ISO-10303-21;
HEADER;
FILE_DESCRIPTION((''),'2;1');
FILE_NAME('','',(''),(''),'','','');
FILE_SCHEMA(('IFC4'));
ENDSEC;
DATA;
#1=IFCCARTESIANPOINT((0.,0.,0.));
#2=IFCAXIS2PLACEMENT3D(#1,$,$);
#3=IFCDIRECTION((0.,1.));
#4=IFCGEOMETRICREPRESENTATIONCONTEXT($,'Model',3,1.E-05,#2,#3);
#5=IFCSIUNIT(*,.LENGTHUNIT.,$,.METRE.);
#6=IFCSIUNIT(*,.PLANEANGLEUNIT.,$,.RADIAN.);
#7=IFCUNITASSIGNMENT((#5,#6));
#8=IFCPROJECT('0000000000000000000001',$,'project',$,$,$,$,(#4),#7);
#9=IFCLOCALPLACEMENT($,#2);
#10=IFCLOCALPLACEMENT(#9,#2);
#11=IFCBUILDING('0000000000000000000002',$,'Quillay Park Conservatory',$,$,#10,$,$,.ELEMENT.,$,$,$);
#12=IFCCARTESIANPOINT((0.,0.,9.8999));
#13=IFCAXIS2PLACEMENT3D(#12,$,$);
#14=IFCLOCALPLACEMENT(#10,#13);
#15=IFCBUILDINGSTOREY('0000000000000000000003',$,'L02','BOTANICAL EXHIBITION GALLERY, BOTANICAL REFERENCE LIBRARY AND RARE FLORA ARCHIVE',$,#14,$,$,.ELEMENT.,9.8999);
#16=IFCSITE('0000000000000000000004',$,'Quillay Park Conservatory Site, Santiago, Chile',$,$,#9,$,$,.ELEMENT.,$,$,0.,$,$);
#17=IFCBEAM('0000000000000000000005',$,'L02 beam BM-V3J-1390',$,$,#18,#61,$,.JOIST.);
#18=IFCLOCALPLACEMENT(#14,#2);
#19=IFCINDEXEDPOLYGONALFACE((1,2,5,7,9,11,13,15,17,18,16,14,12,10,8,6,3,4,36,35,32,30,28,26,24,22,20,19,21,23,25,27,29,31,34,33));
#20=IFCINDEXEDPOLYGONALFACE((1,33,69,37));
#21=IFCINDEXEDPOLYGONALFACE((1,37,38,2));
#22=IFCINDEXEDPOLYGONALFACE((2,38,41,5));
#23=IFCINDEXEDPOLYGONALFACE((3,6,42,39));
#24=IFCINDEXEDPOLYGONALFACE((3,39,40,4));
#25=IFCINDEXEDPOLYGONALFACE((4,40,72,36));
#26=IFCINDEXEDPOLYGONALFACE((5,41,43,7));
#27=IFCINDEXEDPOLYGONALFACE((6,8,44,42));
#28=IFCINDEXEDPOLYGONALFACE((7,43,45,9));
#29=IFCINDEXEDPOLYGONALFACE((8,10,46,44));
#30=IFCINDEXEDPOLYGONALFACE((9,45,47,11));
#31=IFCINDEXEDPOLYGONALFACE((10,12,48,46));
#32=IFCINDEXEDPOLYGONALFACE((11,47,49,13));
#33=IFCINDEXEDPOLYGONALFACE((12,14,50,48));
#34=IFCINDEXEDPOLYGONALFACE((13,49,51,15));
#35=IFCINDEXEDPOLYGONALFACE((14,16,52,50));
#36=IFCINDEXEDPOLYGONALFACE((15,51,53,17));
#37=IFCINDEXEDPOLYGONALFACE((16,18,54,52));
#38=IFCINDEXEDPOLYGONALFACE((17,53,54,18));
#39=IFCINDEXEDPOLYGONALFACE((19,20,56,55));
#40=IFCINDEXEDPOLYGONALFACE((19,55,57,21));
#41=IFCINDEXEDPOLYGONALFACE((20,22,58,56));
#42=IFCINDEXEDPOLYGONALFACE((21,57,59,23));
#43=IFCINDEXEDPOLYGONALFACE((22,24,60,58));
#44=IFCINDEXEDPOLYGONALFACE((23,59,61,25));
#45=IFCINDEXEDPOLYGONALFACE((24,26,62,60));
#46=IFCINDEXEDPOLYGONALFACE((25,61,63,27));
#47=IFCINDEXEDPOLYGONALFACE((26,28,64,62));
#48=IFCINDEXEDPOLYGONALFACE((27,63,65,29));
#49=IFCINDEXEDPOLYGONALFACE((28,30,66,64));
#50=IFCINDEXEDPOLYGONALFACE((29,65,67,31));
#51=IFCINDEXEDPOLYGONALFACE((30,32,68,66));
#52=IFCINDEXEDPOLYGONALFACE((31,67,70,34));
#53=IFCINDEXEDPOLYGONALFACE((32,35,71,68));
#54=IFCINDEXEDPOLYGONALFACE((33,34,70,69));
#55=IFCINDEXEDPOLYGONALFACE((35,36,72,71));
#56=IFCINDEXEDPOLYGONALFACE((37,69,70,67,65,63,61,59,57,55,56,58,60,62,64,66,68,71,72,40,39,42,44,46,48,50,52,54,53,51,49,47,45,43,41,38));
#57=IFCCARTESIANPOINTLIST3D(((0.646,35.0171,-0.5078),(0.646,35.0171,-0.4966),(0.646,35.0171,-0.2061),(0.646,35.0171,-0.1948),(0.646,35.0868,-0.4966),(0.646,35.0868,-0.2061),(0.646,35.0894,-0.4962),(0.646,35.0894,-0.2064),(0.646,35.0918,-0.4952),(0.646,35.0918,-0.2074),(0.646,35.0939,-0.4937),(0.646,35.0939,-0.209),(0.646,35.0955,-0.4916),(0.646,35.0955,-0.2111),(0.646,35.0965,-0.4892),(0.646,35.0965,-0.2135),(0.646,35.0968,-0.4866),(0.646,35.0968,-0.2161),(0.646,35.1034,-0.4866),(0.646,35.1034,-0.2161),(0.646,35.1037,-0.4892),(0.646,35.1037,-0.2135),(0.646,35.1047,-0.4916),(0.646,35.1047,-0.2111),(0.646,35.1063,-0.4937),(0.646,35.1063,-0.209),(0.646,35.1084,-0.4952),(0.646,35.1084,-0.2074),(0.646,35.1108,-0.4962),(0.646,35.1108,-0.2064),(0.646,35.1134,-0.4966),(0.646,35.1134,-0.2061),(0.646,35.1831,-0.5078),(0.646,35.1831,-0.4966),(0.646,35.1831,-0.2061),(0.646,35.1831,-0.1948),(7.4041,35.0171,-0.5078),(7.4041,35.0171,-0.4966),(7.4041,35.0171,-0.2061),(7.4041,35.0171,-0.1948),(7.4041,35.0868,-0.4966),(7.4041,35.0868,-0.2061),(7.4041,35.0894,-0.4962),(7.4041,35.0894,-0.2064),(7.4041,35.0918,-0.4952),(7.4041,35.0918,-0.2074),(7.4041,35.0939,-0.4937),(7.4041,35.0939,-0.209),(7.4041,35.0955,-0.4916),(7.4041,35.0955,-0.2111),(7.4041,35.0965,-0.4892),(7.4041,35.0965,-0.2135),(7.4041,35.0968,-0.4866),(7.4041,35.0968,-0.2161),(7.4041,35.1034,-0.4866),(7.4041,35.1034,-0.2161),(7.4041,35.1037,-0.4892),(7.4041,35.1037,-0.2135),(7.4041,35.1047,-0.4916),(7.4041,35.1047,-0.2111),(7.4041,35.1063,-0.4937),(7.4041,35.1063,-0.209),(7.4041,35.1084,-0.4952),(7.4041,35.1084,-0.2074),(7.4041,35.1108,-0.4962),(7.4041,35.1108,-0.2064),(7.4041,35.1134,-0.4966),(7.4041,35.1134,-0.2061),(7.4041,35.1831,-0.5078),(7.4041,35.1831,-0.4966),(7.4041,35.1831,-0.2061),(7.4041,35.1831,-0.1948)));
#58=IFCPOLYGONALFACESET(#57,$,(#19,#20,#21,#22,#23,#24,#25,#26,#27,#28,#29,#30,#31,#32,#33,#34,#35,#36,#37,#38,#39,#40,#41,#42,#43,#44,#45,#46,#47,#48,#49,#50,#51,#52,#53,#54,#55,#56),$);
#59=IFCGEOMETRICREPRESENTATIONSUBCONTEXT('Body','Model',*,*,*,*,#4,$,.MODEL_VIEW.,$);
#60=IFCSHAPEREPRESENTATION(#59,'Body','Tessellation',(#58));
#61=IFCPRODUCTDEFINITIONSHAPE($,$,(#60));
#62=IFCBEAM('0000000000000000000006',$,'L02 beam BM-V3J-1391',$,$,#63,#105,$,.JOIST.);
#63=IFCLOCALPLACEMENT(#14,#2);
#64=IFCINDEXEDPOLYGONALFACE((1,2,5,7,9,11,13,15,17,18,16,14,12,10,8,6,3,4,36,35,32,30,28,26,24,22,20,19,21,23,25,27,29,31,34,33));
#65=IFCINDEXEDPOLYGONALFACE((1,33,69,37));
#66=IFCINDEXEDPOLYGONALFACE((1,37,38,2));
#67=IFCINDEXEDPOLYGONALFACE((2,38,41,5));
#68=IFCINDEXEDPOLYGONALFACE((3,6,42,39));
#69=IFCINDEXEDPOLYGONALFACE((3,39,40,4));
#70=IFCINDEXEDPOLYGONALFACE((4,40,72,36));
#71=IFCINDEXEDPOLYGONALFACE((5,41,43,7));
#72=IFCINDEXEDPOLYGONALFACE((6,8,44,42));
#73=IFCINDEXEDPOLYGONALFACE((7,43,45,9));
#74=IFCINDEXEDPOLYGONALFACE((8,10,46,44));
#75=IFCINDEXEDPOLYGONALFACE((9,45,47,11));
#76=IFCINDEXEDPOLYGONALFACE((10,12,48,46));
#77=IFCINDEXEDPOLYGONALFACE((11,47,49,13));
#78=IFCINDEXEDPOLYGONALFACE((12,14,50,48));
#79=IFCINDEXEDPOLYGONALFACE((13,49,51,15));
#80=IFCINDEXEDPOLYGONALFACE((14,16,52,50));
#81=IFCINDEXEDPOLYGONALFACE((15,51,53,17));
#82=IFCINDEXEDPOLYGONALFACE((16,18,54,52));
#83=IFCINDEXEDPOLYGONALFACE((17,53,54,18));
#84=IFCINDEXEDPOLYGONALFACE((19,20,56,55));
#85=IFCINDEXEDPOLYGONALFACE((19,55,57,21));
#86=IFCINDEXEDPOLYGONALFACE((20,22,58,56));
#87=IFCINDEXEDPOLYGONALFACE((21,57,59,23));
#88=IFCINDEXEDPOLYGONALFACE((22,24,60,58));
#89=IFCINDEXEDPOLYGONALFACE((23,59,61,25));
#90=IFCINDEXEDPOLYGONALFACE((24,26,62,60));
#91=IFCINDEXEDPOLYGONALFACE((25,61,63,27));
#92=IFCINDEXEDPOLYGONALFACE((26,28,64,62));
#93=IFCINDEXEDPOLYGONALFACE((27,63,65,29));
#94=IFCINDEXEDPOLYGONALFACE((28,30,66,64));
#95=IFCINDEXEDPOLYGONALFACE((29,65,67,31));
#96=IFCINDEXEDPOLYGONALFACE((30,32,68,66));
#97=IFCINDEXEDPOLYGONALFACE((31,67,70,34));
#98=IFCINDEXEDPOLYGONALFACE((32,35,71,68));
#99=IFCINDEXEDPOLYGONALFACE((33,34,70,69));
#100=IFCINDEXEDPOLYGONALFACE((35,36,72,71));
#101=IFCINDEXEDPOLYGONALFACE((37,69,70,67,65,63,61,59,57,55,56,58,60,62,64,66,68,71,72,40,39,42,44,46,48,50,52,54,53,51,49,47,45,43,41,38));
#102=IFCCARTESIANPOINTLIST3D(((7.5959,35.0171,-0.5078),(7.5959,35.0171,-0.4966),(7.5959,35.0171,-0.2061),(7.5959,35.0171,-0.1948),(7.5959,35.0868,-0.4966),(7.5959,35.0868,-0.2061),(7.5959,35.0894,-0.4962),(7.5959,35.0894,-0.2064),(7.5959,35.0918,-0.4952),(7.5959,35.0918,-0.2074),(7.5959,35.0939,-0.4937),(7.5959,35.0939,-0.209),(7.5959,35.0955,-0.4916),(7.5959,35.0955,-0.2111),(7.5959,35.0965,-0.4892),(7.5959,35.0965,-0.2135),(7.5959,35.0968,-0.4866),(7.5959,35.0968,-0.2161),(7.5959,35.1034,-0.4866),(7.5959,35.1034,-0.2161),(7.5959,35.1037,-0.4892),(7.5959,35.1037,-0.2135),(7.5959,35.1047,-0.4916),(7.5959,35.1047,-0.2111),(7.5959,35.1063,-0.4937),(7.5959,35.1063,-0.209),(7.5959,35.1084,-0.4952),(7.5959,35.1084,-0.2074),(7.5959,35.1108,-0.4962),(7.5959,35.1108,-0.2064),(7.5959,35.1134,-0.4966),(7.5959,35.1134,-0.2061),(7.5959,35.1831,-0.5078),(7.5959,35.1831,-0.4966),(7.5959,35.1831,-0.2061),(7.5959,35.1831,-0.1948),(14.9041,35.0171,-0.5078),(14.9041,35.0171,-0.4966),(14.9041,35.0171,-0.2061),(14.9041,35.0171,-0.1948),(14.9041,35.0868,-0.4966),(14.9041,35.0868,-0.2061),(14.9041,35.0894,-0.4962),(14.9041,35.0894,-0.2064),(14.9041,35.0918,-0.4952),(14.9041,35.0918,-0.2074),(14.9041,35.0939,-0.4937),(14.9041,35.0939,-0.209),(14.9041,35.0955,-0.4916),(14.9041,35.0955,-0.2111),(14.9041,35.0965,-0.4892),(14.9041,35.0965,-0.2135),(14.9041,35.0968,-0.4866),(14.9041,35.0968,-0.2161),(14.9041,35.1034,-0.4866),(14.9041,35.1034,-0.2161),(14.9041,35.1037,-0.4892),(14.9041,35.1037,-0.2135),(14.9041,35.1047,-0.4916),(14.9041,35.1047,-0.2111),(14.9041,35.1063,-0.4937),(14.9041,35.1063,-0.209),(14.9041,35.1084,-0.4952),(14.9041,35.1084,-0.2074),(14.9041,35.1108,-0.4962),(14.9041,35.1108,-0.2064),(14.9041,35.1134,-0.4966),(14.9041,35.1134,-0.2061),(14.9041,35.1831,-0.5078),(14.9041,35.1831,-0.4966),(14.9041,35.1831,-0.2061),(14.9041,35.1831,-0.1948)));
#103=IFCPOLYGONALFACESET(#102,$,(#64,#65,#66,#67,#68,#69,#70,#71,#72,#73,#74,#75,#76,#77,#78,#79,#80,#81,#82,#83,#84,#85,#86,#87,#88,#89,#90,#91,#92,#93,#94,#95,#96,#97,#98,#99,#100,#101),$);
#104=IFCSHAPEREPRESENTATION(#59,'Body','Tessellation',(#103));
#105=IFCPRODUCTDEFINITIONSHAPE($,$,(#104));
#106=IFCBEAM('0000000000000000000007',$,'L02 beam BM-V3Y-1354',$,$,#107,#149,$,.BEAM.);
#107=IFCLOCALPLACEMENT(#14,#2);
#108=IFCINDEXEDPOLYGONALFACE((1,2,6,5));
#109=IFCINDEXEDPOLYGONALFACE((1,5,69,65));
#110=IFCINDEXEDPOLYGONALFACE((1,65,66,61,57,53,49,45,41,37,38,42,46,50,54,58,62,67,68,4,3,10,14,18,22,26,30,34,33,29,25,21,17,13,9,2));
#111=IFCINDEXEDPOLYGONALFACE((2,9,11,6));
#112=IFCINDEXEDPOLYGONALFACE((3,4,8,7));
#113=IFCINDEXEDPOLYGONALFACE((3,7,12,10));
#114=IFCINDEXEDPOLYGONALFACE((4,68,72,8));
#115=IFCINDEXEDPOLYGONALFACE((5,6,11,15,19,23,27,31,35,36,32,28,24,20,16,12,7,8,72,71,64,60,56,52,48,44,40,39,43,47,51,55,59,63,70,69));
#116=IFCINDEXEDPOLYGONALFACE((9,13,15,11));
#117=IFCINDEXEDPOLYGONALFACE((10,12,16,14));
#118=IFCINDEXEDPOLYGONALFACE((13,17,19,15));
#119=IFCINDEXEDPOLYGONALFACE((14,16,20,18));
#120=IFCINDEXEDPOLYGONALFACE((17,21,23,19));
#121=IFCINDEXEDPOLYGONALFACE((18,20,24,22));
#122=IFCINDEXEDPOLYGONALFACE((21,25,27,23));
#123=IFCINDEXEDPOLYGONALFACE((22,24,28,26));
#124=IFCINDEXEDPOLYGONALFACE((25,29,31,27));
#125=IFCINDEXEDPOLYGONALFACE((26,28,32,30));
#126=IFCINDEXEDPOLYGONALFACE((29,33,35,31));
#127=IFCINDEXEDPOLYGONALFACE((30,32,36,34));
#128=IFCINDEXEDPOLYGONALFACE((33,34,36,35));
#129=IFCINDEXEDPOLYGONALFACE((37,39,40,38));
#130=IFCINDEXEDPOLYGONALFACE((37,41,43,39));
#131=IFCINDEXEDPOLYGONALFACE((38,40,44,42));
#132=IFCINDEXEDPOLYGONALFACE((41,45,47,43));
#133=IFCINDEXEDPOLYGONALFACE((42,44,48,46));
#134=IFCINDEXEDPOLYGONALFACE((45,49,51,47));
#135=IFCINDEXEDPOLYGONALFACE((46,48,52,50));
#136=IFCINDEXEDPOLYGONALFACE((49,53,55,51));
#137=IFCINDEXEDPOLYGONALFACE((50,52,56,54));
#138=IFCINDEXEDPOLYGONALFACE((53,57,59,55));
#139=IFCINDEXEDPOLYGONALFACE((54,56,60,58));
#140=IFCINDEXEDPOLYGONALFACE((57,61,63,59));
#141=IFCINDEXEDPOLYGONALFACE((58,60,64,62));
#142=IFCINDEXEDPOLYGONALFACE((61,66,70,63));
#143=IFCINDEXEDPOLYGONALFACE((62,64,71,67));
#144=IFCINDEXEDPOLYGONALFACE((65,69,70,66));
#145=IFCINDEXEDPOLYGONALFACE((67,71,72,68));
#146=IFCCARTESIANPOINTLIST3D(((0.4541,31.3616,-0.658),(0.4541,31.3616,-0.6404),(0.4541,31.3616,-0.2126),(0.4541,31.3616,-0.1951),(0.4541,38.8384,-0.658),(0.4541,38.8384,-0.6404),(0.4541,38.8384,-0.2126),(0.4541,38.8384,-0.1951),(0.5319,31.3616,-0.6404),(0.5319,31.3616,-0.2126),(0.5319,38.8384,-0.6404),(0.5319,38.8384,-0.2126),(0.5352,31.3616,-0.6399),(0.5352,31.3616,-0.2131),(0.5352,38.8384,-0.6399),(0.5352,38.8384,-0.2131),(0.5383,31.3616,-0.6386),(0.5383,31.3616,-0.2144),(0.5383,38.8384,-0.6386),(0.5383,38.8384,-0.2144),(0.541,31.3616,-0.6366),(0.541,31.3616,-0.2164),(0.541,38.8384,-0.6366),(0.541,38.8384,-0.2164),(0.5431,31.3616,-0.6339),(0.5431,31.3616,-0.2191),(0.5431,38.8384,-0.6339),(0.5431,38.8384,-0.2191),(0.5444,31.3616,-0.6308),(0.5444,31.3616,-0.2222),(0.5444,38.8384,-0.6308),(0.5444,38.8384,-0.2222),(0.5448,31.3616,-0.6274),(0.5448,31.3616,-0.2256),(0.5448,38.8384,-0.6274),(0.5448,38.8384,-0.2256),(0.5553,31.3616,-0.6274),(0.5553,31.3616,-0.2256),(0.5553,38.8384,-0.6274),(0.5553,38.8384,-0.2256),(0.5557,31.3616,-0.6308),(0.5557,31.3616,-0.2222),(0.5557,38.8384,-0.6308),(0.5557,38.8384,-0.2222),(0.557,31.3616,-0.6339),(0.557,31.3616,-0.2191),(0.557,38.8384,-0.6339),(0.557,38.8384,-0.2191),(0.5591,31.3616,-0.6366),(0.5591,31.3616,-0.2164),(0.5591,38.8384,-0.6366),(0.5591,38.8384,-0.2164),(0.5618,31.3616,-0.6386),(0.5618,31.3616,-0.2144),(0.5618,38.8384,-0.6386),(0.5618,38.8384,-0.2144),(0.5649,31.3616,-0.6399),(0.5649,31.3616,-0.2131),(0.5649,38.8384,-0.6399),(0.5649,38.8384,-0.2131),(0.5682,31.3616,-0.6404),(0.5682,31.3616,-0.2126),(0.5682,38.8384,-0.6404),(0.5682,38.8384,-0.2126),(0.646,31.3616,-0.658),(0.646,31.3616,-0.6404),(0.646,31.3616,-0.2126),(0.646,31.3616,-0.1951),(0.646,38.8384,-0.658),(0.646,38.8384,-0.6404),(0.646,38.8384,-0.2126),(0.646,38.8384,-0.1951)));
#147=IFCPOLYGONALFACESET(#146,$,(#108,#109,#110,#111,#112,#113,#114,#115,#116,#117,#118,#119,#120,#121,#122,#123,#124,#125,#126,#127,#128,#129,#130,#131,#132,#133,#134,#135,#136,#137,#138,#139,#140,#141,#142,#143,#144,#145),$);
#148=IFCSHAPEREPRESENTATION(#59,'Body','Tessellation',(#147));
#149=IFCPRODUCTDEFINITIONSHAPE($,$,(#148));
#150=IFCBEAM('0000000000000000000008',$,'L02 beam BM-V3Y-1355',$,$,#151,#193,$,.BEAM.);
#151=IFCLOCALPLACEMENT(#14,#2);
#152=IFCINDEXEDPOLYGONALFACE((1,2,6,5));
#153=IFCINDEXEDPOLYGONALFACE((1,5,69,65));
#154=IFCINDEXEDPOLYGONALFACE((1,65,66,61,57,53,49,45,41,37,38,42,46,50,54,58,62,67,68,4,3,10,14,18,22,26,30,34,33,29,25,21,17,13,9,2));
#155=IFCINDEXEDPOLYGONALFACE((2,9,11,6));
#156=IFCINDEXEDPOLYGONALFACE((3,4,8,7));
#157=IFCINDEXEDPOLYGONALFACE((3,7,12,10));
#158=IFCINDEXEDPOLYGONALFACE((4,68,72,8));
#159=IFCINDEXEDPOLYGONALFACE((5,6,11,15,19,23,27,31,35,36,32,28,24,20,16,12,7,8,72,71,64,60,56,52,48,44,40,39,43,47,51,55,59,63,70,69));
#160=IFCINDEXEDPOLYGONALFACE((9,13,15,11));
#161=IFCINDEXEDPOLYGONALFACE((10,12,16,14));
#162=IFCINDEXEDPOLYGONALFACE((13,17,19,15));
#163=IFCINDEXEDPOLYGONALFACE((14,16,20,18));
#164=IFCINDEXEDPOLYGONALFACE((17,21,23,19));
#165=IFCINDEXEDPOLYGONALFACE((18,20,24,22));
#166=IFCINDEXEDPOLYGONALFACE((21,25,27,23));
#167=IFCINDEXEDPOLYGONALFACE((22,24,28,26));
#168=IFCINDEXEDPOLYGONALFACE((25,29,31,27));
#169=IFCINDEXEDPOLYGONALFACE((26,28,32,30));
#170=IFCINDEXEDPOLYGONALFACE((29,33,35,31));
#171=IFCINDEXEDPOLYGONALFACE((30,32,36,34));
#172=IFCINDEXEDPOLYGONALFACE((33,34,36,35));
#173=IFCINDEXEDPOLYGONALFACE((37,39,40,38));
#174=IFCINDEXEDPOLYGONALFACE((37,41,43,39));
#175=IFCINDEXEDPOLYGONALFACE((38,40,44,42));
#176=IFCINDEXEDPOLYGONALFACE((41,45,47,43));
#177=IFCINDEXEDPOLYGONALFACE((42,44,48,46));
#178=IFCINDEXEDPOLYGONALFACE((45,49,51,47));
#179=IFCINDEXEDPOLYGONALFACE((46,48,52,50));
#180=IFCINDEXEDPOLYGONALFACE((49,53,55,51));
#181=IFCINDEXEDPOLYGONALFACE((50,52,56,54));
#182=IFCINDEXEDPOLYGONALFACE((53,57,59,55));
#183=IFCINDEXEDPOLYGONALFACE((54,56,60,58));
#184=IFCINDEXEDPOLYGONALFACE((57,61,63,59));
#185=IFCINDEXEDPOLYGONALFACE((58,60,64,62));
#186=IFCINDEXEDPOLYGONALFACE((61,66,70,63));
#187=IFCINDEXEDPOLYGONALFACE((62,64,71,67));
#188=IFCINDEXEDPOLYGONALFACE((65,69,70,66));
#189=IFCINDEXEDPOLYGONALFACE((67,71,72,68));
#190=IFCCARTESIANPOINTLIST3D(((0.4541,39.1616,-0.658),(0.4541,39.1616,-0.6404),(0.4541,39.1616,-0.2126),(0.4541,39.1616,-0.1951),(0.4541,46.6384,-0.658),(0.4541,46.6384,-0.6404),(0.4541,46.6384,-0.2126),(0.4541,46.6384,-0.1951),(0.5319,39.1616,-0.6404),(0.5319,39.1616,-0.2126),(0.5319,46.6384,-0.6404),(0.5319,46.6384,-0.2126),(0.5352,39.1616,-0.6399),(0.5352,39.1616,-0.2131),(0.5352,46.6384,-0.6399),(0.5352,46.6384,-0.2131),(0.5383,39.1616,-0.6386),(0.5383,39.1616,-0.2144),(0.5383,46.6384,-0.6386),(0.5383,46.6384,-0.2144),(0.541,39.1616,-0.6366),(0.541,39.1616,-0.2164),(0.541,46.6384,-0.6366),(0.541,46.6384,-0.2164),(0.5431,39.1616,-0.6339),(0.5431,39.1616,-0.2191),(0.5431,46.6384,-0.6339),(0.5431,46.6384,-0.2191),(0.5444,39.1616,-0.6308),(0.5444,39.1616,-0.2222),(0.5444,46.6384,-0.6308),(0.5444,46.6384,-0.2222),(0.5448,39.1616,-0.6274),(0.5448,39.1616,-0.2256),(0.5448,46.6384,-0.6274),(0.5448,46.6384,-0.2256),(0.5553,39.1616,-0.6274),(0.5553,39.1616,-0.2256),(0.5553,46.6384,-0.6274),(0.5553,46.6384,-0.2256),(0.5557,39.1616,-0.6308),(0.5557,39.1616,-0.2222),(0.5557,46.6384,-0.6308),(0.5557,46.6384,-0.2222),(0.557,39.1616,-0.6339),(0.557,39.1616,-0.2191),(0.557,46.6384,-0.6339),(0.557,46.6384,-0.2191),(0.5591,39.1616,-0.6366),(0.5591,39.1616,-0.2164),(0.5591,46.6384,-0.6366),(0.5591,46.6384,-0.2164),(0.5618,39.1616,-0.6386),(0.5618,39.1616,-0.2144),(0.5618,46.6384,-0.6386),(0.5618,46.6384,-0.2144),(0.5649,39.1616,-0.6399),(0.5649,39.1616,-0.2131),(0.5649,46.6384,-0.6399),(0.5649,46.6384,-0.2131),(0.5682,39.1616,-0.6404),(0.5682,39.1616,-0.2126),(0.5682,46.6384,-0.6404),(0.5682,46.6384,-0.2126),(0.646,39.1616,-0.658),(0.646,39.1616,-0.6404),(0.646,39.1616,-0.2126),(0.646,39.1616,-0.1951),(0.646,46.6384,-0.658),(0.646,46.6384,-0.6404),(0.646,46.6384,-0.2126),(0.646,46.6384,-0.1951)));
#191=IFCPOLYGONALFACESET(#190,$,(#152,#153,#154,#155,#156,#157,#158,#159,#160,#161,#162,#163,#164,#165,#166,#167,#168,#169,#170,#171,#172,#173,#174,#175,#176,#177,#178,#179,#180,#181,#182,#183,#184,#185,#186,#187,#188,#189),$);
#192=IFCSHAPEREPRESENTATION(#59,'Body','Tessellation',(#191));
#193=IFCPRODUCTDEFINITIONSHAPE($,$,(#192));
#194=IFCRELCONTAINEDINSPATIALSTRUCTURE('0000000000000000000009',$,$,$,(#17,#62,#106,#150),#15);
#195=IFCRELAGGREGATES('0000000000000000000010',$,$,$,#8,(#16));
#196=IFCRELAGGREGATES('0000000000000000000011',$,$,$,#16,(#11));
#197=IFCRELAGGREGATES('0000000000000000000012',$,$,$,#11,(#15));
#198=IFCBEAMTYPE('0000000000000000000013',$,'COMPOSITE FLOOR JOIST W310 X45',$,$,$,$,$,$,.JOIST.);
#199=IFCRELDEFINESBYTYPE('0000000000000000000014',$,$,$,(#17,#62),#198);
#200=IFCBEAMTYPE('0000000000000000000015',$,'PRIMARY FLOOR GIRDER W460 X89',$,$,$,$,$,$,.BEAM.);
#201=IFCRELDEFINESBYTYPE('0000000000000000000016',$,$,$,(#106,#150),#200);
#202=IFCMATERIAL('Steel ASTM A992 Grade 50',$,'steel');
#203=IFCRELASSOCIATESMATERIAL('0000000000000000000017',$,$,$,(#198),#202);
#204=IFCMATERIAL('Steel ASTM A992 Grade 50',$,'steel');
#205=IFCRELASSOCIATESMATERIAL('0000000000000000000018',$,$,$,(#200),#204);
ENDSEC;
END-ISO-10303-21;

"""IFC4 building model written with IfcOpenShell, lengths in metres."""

from ifc_helpers import new_model, si_unit, direction, frame, origin, origin_2d, place, context, subcontext, project, spatial, i_section, extrude, material, material_profile, profile_set, type_object, element, save


model = new_model("IFC4")

# Units and contexts
model_context = context("Model", 3, precision=1e-05, world=origin(), true_north=direction((0.0, 1.0)))
body_context = subcontext(model_context, "Body", "Model", "MODEL_VIEW")
ifc_project = project(units=[si_unit("LENGTHUNIT", "METRE"), si_unit("PLANEANGLEUNIT", "RADIAN")], contexts=[model_context])

# Site, building, storey
site_placement = place(None, origin())
site = spatial("IfcSite", under=ifc_project, at=site_placement, Name="Quillay Park Conservatory Site, Santiago, Chile", CompositionType="ELEMENT", RefElevation=0.0)
building_placement = place(site_placement, origin())
building = spatial("IfcBuilding", under=site, at=building_placement, Name="Quillay Park Conservatory", CompositionType="ELEMENT")
storey_placement = place(building_placement, frame((0.0, 0.0, 9.8999)))
storey = spatial("IfcBuildingStorey", under=building, at=storey_placement, Name="L02", Description="BOTANICAL EXHIBITION GALLERY, BOTANICAL REFERENCE LIBRARY AND RARE FLORA ARCHIVE", CompositionType="ELEMENT", Elevation=9.8999)

# Beams
ifc_material_1 = material(Name="Steel ASTM A992 Grade 50", Category="steel")
ifc_material_profile_1 = material_profile(ifc_material_1, i_section(OverallWidth=0.166, OverallDepth=0.313, WebThickness=0.0066, FlangeThickness=0.0112, FilletRadius=0.01, at=origin_2d()), Name="W310x45")
ifc_profile_set_1 = profile_set([ifc_material_profile_1], Name="Steel ASTM A992 Grade 50")
beam_type_1 = type_object("IfcBeamType", Name="COMPOSITE FLOOR JOIST W310 X45", PredefinedType="JOIST", material=ifc_profile_set_1)
beam_1_placement = place(storey_placement, frame((0.646, 35.1001, -0.3513), z_axis=(1.0, 0.0, 0.0), x_axis=(0.0, 1.0, 0.0)))
element("IfcBeam", 1, at=beam_1_placement, inside=storey, type_object=beam_type_1, Name="L02 beam BM-V3J-1390", PredefinedType="JOIST", context=body_context, shape_type="SweptSolid", body=[
    extrude(i_section(OverallWidth=0.166, OverallDepth=0.313, WebThickness=0.0066, FlangeThickness=0.0112, FilletRadius=0.01, at=origin_2d()), origin(), (0.0, 0.0, 1.0), 6.7581),
])
beam_2_placement = place(storey_placement, frame((7.5959, 35.1001, -0.3513), z_axis=(1.0, 0.0, 0.0), x_axis=(0.0, 1.0, 0.0)))
element("IfcBeam", 2, at=beam_2_placement, inside=storey, type_object=beam_type_1, Name="L02 beam BM-V3J-1391", PredefinedType="JOIST", context=body_context, shape_type="SweptSolid", body=[
    extrude(i_section(OverallWidth=0.166, OverallDepth=0.313, WebThickness=0.0066, FlangeThickness=0.0112, FilletRadius=0.01, at=origin_2d()), origin(), (0.0, 0.0, 1.0), 7.3081),
])
ifc_material_2 = material(Name="Steel ASTM A992 Grade 50", Category="steel")
ifc_material_profile_2 = material_profile(ifc_material_2, i_section(OverallWidth=0.1919, OverallDepth=0.4629, WebThickness=0.0105, FlangeThickness=0.0176, FilletRadius=0.0129, at=origin_2d()), Name="W460x89")
ifc_profile_set_2 = profile_set([ifc_material_profile_2], Name="Steel ASTM A992 Grade 50")
beam_type_2 = type_object("IfcBeamType", Name="PRIMARY FLOOR GIRDER W460 X89", PredefinedType="BEAM", material=ifc_profile_set_2)
for number, where, z_axis, x_axis, name in (
    (3, (0.55, 31.3616, -0.4265), (0.0, 1.0, 0.0), (-1.0, 0.0, 0.0), "L02 beam BM-V3Y-1354"),
    (4, (0.55, 39.1616, -0.4265), (0.0, 1.0, 0.0), (-1.0, 0.0, 0.0), "L02 beam BM-V3Y-1355"),
):
    element("IfcBeam", number, at=place(storey_placement, frame(where, z_axis=z_axis, x_axis=x_axis)), inside=storey, type_object=beam_type_2, Name=name, PredefinedType="BEAM", context=body_context, shape_type="SweptSolid", body=[
        extrude(i_section(OverallWidth=0.1919, OverallDepth=0.4629, WebThickness=0.0105, FlangeThickness=0.0176, FilletRadius=0.0129, at=origin_2d()), origin(), (0.0, 0.0, 1.0), 7.4768),
    ])

save(model, "model.ifc")
